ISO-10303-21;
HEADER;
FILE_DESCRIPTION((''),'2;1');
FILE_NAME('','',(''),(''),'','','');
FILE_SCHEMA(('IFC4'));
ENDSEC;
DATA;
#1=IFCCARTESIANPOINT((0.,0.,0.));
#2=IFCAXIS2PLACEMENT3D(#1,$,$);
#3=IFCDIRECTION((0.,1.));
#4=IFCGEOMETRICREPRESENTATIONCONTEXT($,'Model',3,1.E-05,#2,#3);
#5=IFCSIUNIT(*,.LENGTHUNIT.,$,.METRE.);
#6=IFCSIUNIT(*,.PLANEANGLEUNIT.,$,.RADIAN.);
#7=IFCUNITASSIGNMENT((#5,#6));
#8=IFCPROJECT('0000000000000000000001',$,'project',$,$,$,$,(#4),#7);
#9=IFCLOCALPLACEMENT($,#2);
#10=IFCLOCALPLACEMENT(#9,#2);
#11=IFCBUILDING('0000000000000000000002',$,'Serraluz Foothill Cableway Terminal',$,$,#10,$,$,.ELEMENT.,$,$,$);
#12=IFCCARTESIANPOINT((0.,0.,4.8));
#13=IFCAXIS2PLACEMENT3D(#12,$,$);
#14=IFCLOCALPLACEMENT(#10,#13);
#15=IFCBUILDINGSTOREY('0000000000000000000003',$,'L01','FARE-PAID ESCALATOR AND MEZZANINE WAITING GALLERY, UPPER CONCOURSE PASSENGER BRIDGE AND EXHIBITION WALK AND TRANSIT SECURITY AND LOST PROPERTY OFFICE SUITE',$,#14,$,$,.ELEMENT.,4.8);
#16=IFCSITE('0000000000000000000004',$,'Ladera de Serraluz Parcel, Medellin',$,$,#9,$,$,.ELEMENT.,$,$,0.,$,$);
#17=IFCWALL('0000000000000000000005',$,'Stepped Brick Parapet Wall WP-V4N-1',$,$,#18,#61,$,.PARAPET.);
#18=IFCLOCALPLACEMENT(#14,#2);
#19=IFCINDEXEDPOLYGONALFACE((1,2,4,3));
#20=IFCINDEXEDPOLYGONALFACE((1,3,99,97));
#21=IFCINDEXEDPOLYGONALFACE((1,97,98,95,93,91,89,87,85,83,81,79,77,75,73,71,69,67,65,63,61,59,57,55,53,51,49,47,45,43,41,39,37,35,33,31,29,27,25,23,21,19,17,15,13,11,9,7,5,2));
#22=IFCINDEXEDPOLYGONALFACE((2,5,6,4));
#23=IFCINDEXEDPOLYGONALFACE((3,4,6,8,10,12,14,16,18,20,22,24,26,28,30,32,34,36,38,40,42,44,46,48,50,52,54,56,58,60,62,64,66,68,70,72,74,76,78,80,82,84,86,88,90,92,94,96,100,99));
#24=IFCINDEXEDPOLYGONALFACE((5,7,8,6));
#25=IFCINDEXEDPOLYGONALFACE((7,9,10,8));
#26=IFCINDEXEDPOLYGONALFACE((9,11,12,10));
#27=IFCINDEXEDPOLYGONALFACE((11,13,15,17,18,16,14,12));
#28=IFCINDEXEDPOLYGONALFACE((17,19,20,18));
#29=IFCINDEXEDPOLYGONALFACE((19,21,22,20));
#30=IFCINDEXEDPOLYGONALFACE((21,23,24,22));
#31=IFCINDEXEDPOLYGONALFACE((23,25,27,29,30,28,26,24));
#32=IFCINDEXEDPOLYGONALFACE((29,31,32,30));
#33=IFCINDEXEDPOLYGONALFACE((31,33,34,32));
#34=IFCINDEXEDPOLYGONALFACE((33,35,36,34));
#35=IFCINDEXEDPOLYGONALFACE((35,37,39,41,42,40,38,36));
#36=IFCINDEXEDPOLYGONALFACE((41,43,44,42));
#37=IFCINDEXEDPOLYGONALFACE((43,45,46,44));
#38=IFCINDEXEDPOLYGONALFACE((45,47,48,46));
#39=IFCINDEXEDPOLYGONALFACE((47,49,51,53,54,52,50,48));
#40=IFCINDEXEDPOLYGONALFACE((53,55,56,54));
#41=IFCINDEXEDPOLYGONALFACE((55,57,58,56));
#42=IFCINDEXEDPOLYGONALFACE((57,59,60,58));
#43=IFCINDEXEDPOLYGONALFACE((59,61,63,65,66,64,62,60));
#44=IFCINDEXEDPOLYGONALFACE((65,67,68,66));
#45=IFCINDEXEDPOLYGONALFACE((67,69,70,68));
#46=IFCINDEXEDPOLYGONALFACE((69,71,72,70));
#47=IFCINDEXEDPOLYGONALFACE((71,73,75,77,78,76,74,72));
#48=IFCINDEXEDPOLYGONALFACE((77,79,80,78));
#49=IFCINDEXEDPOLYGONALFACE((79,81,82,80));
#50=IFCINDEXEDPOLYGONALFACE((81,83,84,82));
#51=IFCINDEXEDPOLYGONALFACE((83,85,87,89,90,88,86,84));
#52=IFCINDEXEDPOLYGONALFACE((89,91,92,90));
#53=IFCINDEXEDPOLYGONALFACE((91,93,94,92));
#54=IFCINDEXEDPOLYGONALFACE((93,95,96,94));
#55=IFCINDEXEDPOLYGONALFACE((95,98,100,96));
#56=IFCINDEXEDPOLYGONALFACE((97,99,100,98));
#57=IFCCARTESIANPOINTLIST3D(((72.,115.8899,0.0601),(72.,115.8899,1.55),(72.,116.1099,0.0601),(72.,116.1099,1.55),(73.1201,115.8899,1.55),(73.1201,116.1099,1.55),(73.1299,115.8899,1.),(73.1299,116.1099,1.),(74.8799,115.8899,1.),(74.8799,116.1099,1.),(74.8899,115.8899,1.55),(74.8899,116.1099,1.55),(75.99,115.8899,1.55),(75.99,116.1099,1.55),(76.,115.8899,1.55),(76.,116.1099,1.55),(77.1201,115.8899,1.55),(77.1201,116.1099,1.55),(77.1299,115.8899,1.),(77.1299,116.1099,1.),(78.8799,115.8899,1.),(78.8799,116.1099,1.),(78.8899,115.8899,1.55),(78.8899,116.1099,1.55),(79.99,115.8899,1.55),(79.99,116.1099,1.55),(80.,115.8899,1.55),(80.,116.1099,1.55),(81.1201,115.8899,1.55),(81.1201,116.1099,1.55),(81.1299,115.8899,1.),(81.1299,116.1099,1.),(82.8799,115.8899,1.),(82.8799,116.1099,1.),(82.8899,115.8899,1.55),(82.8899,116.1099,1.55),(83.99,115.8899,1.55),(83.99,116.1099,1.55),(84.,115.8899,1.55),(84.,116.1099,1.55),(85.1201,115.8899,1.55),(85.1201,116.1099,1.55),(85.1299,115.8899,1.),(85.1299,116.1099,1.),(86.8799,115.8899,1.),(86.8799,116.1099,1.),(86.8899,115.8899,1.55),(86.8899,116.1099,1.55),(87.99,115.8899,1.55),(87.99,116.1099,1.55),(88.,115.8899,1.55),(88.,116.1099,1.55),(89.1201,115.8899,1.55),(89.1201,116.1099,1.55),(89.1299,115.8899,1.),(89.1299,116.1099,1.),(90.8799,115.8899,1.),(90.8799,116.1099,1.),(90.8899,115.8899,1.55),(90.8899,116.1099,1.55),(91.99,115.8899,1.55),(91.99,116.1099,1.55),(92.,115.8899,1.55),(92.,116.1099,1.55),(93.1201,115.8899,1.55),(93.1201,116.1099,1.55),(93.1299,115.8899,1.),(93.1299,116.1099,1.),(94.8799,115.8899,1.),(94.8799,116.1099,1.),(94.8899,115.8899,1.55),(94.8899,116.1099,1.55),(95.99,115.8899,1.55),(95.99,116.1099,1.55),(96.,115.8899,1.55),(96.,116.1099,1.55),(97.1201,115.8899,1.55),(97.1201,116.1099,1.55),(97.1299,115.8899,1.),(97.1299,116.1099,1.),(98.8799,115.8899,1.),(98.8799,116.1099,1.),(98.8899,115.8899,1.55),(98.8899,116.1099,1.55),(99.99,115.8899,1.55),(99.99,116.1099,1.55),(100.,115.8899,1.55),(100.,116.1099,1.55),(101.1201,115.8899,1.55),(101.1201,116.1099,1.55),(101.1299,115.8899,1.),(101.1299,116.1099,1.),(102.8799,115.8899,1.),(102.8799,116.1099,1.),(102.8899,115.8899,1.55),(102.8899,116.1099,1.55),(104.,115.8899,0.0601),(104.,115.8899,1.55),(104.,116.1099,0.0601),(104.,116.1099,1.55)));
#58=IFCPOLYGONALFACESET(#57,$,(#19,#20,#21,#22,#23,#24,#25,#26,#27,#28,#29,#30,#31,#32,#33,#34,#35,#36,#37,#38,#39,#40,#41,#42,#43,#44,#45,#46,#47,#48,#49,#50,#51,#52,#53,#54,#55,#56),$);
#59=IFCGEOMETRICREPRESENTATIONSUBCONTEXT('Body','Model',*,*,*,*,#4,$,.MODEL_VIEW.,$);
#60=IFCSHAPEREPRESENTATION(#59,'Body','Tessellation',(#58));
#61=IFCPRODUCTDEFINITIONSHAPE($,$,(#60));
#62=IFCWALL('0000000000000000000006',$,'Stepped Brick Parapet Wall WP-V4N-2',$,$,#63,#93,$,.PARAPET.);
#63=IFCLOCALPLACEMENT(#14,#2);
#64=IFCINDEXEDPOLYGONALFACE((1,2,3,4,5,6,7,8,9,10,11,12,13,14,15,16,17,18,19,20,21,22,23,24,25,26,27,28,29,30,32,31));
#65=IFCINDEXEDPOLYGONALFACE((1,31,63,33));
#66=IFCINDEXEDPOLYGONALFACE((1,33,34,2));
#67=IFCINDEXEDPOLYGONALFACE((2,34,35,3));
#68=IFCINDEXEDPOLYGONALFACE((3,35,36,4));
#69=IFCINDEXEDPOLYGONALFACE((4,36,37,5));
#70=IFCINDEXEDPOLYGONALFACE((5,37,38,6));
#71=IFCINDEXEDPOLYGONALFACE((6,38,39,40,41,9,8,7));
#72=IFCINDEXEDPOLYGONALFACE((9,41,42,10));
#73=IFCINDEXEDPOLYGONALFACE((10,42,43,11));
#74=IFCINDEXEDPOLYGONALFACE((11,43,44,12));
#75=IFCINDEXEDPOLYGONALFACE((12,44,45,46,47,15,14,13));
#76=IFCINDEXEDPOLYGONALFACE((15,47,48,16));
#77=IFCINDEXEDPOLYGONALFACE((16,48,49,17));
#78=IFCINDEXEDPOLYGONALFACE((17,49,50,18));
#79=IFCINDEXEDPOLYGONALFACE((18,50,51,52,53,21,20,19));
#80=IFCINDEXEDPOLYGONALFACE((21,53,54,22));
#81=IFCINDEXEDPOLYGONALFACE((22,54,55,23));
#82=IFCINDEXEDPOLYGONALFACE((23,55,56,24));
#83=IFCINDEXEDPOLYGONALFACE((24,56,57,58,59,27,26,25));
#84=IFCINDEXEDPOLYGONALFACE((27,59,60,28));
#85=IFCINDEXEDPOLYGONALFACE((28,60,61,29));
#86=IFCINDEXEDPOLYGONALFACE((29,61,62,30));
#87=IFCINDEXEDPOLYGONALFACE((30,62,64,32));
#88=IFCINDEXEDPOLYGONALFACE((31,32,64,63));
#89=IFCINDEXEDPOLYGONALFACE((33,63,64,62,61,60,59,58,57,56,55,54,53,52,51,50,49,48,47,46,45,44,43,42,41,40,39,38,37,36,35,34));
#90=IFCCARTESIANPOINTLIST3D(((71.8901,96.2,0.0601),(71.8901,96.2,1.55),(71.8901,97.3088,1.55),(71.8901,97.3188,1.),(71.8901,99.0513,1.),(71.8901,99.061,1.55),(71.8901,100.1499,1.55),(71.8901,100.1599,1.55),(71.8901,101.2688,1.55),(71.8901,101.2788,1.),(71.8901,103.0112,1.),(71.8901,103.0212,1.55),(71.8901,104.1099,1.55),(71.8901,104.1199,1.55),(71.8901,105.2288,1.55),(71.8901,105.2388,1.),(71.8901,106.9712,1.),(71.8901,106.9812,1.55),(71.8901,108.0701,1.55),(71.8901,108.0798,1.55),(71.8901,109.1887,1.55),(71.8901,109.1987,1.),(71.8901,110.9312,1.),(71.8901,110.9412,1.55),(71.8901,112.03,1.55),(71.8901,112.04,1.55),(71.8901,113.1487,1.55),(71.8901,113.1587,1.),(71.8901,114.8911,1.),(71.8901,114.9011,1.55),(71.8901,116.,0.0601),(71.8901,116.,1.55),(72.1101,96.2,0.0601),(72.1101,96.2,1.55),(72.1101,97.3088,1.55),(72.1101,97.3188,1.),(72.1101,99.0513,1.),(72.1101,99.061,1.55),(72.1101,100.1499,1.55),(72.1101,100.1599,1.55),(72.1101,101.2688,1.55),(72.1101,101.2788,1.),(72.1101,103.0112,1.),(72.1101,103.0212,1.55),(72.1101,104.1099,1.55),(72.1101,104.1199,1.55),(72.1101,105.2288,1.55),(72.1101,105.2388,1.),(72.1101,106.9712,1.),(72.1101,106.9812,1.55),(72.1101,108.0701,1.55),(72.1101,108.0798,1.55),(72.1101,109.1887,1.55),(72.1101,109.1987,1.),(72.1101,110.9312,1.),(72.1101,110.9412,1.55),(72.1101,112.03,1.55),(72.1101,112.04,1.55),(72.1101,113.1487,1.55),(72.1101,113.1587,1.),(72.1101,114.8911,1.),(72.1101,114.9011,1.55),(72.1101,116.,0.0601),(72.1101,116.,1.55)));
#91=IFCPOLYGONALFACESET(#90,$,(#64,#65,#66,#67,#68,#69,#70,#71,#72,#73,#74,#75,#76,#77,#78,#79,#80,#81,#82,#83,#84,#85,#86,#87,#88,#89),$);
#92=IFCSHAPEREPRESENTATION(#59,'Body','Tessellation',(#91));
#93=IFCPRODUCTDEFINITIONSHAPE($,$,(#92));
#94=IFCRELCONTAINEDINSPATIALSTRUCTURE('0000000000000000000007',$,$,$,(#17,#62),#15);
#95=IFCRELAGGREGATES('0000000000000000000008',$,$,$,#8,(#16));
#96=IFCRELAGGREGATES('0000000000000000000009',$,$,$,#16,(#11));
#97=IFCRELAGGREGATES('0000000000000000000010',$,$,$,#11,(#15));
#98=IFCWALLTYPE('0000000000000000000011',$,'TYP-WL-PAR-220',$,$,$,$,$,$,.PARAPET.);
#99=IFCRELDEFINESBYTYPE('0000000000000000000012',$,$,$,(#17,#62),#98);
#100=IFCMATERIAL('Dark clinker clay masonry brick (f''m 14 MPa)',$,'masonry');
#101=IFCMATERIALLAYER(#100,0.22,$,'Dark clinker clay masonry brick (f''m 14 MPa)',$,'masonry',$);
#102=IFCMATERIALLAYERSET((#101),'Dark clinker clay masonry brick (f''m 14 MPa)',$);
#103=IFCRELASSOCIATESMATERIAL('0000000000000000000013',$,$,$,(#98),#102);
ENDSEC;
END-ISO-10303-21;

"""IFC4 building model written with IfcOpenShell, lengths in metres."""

from ifc_helpers import new_model, si_unit, direction, frame, origin, place, context, subcontext, project, spatial, polyline, outline, extrude, material, layer, layer_set, type_object, element, save


model = new_model("IFC4")

# Units and contexts
model_context = context("Model", 3, precision=1e-05, world=origin(), true_north=direction((0.0, 1.0)))
body_context = subcontext(model_context, "Body", "Model", "MODEL_VIEW")
ifc_project = project(units=[si_unit("LENGTHUNIT", "METRE"), si_unit("PLANEANGLEUNIT", "RADIAN")], contexts=[model_context])

# Site, building, storey
site_placement = place(None, origin())
site = spatial("IfcSite", under=ifc_project, at=site_placement, Name="Ladera de Serraluz Parcel, Medellin", CompositionType="ELEMENT", RefElevation=0.0)
building_placement = place(site_placement, origin())
building = spatial("IfcBuilding", under=site, at=building_placement, Name="Serraluz Foothill Cableway Terminal", CompositionType="ELEMENT")
storey_placement = place(building_placement, frame((0.0, 0.0, 4.8)))
storey = spatial("IfcBuildingStorey", under=building, at=storey_placement, Name="L01", Description="FARE-PAID ESCALATOR AND MEZZANINE WAITING GALLERY, UPPER CONCOURSE PASSENGER BRIDGE AND EXHIBITION WALK AND TRANSIT SECURITY AND LOST PROPERTY OFFICE SUITE", CompositionType="ELEMENT", Elevation=4.8)

# Walls
ifc_material_1 = material(Name="Dark clinker clay masonry brick (f'm 14 MPa)", Category="masonry")
ifc_layer_1 = layer(ifc_material_1, 0.22, Name="Dark clinker clay masonry brick (f'm 14 MPa)", Category="masonry")
ifc_layer_set_1 = layer_set([ifc_layer_1], Name="Dark clinker clay masonry brick (f'm 14 MPa)")
wall_type_1 = type_object("IfcWallType", Name="TYP-WL-PAR-220", PredefinedType="PARAPET", material=ifc_layer_set_1)
wall_1_placement = place(storey_placement, frame((72.0, 116.0, 0.0601), z_axis=(0.0, 0.0, 1.0), x_axis=(1.0, 0.0, 0.0)))
element("IfcWall", 1, at=wall_1_placement, inside=storey, type_object=wall_type_1, Name="Stepped Brick Parapet Wall WP-V4N-1", PredefinedType="PARAPET", context=body_context, shape_type="SweptSolid", body=[
    extrude(outline(polyline([(0.0, 0.0), (32.0, 0.0), (32.0, 1.49), (30.8899, 1.49), (30.8799, 0.9399), (29.1299, 0.9399), (29.1201, 1.49), (28.0, 1.49), (27.99, 1.49), (26.8899, 1.49), (26.8799, 0.9399), (25.1299, 0.9399), (25.1201, 1.49), (24.0, 1.49), (23.99, 1.49), (22.8899, 1.49), (22.8799, 0.9399), (21.1299, 0.9399), (21.1201, 1.49), (20.0, 1.49), (19.99, 1.49), (18.8899, 1.49), (18.8799, 0.9399), (17.1299, 0.9399), (17.1201, 1.49), (16.0, 1.49), (15.99, 1.49), (14.8899, 1.49), (14.8799, 0.9399), (13.1299, 0.9399), (13.1201, 1.49), (12.0, 1.49), (11.99, 1.49), (10.8899, 1.49), (10.8799, 0.9399), (9.1299, 0.9399), (9.1201, 1.49), (8.0, 1.49), (7.99, 1.49), (6.8899, 1.49), (6.8799, 0.9399), (5.1299, 0.9399), (5.1201, 1.49), (4.0, 1.49), (3.99, 1.49), (2.8899, 1.49), (2.8799, 0.9399), (1.1299, 0.9399), (1.1201, 1.49), (0.0, 1.49), (0.0, 0.0)])), frame((0.0, 0.1099, 0.0), z_axis=(0.0, -1.0, 0.0), x_axis=(1.0, 0.0, 0.0)), (0.0, 0.0, 1.0), 0.22),
])
wall_2_placement = place(storey_placement, frame((72.0, 96.2, 0.0601), z_axis=(0.0, 0.0, 1.0), x_axis=(0.0, 1.0, 0.0)))
element("IfcWall", 2, at=wall_2_placement, inside=storey, type_object=wall_type_1, Name="Stepped Brick Parapet Wall WP-V4N-2", PredefinedType="PARAPET", context=body_context, shape_type="SweptSolid", body=[
    extrude(outline(polyline([(0.0, 0.0), (19.8, 0.0), (19.8, 1.49), (18.7012, 1.49), (18.6912, 0.9399), (16.9587, 0.9399), (16.9487, 1.49), (15.8401, 1.49), (15.8301, 1.49), (14.7412, 1.49), (14.7312, 0.9399), (12.9988, 0.9399), (12.9888, 1.49), (11.8799, 1.49), (11.8701, 1.49), (10.7812, 1.49), (10.7712, 0.9399), (9.0388, 0.9399), (9.0288, 1.49), (7.9199, 1.49), (7.9099, 1.49), (6.8213, 1.49), (6.8113, 0.9399), (5.0789, 0.9399), (5.0688, 1.49), (3.96, 1.49), (3.95, 1.49), (2.8611, 1.49), (2.8513, 0.9399), (1.1189, 0.9399), (1.1089, 1.49), (0.0, 1.49), (0.0, 0.0)])), frame((0.0, 0.1099, 0.0), z_axis=(0.0, -1.0, 0.0), x_axis=(1.0, 0.0, 0.0)), (0.0, 0.0, 1.0), 0.22),
])

save(model, "model.ifc")
